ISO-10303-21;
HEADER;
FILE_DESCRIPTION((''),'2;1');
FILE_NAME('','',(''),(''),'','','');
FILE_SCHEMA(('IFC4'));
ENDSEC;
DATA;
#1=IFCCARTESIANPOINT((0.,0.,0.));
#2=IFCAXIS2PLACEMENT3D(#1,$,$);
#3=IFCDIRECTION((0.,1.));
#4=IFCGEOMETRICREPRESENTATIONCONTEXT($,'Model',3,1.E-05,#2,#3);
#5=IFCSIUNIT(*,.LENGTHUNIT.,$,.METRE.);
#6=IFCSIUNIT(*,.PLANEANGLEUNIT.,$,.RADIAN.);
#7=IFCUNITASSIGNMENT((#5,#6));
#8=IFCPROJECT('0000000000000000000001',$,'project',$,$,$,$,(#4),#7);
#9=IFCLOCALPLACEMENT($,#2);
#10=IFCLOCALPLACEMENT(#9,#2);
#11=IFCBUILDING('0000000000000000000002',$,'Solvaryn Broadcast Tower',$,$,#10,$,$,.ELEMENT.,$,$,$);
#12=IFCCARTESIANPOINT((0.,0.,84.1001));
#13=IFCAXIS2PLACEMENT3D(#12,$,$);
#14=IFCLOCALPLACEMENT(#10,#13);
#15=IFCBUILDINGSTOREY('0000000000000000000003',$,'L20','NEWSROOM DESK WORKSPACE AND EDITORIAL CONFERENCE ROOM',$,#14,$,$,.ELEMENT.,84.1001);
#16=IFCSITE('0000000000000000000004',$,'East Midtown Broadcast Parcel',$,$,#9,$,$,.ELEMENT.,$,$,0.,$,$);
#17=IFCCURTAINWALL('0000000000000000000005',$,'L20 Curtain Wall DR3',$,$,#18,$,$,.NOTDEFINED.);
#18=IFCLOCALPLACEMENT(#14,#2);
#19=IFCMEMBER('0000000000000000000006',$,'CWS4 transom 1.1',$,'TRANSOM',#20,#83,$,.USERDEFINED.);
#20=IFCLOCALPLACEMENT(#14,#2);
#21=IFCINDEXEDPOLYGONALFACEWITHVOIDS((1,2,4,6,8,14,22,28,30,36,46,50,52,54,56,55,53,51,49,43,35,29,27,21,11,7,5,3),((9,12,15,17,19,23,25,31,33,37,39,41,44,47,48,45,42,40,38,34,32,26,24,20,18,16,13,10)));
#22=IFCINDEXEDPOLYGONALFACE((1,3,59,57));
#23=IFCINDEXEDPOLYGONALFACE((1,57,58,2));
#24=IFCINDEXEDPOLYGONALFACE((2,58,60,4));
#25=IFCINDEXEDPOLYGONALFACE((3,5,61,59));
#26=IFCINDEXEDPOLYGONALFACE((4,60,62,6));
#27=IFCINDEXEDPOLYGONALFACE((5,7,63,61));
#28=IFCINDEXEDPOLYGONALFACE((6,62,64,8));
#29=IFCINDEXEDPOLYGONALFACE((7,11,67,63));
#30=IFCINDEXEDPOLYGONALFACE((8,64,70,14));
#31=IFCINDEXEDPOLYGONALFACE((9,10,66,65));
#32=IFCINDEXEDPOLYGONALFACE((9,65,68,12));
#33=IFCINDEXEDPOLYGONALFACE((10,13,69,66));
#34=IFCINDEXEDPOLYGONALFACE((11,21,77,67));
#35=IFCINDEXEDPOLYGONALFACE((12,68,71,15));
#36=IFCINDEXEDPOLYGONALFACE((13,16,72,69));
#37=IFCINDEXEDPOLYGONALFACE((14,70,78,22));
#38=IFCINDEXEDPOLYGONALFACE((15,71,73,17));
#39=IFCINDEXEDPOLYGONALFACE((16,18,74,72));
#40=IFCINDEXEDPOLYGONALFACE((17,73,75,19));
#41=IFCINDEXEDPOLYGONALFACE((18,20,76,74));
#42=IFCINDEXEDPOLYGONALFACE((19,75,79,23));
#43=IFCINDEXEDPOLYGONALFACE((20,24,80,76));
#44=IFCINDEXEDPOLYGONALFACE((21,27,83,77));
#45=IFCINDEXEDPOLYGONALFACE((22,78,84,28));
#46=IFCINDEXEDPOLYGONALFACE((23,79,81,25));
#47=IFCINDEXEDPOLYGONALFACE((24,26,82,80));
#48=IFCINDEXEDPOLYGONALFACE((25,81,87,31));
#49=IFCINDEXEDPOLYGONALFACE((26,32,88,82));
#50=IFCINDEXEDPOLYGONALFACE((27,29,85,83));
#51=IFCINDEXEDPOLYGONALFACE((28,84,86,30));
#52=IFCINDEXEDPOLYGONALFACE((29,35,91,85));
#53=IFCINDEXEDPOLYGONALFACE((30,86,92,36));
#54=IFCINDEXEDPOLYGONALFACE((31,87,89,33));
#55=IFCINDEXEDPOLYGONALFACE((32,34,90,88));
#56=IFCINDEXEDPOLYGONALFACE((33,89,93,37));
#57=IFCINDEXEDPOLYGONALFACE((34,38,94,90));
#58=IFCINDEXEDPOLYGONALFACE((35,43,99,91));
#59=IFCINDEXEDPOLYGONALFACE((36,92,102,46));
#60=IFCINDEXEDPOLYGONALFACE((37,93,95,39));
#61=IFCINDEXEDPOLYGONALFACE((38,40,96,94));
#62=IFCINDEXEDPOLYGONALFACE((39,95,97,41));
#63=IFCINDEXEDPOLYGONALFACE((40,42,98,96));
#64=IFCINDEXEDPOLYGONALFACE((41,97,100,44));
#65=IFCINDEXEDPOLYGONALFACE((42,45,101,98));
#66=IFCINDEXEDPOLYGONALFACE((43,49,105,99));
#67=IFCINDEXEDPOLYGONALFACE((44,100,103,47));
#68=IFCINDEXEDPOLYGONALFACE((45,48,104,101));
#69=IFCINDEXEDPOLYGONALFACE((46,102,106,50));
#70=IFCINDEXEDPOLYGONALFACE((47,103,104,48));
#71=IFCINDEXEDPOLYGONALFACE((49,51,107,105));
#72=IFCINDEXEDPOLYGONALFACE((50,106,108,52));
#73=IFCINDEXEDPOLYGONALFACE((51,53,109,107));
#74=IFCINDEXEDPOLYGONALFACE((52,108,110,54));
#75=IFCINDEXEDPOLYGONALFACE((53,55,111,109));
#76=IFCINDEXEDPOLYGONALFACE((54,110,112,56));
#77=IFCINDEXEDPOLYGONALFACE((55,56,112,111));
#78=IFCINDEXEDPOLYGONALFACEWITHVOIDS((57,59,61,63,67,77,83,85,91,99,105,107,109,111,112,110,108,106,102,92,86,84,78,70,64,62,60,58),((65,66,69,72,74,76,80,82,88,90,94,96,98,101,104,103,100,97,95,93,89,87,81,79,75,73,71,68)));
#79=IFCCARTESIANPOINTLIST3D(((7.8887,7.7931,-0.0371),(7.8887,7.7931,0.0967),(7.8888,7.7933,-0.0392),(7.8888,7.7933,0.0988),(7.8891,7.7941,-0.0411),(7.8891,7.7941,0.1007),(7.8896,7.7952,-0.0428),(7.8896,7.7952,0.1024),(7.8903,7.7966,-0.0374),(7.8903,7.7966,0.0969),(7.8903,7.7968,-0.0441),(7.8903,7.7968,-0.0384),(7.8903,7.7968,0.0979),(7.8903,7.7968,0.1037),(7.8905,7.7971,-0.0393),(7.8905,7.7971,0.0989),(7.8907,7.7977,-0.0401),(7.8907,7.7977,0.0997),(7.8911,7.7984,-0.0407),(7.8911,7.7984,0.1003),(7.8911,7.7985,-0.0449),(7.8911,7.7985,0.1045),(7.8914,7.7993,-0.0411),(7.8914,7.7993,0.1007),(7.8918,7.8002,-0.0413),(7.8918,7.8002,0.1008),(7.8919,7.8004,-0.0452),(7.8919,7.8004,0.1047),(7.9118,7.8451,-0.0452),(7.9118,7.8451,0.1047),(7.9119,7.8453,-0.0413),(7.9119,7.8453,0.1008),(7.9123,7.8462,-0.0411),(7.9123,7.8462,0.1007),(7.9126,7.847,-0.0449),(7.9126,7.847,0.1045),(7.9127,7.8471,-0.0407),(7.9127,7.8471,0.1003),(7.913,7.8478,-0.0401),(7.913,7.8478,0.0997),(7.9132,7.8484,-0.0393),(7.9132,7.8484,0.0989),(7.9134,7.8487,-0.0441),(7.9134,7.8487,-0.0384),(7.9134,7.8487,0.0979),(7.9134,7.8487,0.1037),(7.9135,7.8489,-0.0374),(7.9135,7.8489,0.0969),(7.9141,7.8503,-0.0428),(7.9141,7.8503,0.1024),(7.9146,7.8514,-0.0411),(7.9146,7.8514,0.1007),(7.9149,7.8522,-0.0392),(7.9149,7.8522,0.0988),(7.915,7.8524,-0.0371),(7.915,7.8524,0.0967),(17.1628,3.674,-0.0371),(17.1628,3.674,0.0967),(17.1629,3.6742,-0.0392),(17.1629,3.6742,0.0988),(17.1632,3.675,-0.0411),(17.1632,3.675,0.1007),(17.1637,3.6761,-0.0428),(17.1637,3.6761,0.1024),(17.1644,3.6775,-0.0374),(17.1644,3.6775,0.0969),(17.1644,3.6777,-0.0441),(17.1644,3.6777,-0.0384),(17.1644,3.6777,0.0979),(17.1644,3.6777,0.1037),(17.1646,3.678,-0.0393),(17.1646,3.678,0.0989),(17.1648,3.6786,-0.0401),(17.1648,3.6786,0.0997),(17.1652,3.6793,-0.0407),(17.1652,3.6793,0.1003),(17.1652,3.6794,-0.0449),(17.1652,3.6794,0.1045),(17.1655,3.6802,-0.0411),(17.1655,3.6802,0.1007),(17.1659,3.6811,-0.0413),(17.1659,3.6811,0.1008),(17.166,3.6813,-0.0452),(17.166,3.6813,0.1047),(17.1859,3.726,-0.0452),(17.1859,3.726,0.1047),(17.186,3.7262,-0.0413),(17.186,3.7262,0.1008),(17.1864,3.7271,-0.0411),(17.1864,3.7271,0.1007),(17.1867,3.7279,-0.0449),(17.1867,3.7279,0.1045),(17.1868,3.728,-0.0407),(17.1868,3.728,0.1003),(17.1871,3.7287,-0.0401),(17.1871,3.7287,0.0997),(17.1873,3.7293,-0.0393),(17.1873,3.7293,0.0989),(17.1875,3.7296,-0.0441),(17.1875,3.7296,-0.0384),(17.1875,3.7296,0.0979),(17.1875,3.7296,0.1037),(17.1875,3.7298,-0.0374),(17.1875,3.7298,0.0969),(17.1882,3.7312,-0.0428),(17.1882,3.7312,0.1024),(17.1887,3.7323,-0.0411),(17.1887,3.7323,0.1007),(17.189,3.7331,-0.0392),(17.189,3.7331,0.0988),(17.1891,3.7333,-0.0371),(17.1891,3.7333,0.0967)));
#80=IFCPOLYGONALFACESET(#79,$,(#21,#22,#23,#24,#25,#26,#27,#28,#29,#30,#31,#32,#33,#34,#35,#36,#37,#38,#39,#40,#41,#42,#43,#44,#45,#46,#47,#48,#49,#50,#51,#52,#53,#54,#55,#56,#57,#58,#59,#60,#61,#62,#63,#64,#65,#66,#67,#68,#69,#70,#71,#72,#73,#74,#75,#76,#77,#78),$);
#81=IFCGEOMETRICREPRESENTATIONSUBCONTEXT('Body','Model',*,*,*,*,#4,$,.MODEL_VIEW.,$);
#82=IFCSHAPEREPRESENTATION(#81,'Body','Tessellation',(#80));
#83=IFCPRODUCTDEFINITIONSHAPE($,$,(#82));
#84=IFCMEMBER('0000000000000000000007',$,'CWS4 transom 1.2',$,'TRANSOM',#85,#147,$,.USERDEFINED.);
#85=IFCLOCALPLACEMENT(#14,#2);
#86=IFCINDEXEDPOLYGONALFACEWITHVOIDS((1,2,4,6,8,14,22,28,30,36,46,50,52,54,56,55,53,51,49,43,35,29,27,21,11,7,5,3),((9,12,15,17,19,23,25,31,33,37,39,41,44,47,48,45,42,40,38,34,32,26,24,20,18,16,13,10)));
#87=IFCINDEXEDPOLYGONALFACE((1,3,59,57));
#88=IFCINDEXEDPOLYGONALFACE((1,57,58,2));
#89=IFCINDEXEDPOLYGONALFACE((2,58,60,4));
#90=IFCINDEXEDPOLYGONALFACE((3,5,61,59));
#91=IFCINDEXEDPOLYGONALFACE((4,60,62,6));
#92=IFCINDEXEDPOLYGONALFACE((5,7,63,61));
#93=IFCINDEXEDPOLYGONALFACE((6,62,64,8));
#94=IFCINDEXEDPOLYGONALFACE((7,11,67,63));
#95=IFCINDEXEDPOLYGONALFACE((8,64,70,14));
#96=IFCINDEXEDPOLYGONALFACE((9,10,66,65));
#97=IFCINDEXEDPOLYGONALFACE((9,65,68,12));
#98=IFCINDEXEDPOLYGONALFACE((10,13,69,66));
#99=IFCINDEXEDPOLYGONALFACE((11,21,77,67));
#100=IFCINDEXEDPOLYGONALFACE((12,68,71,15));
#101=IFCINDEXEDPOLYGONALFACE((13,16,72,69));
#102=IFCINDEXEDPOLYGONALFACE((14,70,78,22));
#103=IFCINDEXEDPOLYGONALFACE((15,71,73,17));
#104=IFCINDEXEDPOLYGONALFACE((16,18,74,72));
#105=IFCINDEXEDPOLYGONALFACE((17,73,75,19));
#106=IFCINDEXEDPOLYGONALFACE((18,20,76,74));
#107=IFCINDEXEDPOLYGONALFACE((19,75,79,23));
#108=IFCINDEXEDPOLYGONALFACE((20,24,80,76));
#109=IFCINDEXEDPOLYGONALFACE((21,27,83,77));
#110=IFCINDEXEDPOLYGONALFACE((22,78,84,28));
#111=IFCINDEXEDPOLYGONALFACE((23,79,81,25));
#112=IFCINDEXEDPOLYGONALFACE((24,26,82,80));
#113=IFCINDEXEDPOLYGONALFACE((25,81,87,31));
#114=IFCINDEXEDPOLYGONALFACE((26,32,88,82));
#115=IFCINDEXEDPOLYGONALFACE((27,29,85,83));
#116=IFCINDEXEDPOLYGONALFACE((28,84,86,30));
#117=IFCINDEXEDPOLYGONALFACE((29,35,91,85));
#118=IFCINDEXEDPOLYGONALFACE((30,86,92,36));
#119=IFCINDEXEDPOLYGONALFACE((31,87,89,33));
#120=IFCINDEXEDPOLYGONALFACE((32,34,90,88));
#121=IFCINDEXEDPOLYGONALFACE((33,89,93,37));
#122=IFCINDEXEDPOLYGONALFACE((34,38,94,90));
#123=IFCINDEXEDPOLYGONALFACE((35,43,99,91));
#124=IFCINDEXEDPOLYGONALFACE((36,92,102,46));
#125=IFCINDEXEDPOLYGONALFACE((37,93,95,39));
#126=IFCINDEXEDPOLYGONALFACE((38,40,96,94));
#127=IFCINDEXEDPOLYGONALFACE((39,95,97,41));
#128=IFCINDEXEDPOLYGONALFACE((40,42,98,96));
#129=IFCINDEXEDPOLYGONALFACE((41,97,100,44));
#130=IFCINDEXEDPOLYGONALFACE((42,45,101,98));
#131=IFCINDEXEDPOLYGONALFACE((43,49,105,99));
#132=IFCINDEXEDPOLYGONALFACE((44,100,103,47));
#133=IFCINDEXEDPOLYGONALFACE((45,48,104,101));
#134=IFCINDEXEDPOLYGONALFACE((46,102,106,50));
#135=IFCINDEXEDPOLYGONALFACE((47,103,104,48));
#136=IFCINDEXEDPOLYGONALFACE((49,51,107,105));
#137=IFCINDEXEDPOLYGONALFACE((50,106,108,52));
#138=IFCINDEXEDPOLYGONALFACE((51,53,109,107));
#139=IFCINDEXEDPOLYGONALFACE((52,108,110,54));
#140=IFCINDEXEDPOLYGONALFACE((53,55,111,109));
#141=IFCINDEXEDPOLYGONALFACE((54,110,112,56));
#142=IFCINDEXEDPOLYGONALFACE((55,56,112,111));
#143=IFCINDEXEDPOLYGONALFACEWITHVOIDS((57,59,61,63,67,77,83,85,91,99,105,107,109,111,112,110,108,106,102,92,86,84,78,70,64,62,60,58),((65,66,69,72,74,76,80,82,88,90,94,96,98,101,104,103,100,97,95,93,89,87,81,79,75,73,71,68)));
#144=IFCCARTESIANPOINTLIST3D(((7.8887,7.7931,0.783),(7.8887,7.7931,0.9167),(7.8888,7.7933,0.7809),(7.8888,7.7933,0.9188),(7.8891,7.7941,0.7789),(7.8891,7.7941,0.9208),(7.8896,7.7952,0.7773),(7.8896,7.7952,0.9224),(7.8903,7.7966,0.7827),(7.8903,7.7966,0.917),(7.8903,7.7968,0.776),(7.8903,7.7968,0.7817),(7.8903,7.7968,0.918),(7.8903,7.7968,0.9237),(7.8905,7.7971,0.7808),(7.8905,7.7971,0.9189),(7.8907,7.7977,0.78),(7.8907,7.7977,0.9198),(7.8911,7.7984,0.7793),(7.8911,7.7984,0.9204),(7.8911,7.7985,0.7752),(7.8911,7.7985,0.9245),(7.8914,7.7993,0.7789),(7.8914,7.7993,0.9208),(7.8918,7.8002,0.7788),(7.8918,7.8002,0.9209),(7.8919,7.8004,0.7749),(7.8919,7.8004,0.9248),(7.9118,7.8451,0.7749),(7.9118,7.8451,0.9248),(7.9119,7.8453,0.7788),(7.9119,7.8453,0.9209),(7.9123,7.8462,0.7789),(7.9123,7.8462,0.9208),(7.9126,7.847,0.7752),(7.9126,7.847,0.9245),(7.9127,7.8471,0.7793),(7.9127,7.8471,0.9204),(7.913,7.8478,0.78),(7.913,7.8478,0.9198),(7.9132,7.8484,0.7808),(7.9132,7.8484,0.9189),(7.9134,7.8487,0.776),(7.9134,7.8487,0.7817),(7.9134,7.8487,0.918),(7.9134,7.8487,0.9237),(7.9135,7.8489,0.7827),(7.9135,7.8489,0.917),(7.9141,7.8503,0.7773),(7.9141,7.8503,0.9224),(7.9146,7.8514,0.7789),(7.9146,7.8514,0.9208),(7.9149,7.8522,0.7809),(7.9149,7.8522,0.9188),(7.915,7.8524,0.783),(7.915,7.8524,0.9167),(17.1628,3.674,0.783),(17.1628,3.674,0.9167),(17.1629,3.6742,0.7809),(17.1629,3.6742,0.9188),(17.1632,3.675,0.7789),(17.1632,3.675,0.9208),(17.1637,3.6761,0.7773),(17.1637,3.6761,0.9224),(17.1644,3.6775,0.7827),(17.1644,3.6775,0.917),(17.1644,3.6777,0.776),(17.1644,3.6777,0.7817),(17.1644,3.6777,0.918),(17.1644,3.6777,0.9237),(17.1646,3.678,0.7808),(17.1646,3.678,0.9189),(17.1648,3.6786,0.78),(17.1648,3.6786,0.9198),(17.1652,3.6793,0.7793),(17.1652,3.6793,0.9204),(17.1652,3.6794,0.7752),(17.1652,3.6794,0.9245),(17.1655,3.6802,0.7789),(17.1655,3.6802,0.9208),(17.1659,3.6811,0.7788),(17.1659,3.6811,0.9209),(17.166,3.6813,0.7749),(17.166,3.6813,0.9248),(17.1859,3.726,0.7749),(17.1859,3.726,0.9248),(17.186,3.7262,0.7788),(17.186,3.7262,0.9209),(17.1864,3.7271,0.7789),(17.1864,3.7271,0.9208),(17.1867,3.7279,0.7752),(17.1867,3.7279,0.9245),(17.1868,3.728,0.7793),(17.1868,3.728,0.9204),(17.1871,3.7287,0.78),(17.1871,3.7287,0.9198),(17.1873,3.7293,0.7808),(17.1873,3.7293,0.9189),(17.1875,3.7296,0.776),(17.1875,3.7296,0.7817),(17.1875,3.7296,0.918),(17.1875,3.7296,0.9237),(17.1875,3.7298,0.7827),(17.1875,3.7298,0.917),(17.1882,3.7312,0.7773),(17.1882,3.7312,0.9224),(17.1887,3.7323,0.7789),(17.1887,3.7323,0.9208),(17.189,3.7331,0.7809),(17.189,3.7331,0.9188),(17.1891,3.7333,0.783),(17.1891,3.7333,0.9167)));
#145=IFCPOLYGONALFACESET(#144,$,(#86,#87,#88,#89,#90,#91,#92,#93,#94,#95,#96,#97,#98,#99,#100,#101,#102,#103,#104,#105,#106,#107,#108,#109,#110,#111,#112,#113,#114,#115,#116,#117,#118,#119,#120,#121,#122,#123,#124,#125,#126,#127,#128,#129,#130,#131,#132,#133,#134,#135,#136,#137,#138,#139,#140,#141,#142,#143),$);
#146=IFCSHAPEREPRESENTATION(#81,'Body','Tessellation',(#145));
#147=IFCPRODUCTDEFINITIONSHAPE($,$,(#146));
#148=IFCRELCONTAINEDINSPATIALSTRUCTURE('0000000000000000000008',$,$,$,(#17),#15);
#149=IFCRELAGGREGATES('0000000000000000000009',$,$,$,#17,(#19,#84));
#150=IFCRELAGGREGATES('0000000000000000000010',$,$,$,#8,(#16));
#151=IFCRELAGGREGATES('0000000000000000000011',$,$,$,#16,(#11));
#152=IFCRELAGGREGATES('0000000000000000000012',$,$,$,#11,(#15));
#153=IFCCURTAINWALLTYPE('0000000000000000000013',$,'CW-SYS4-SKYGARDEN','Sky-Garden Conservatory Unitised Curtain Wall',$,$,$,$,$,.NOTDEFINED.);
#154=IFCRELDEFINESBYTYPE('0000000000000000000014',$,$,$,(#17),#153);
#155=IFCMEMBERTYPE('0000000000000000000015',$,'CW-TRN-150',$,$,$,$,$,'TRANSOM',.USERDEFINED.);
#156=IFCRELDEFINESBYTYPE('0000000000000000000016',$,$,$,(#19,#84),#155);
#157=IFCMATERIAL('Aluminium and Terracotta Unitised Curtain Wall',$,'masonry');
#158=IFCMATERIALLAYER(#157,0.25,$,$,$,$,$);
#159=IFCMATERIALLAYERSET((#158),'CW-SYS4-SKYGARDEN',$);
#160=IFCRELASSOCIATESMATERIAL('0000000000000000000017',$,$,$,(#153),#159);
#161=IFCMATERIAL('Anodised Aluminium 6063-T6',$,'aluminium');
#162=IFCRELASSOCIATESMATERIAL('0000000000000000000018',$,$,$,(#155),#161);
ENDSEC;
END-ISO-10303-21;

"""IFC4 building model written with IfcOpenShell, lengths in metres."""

from ifc_helpers import new_model, si_unit, direction, frame, origin, origin_2d, place, context, subcontext, project, spatial, hollow_rectangle, extrude, material, layer, layer_set, material_profile, profile_set, type_object, element, aggregate, save


model = new_model("IFC4")

# Units and contexts
model_context = context("Model", 3, precision=1e-05, world=origin(), true_north=direction((0.0, 1.0)))
body_context = subcontext(model_context, "Body", "Model", "MODEL_VIEW")
ifc_project = project(units=[si_unit("LENGTHUNIT", "METRE"), si_unit("PLANEANGLEUNIT", "RADIAN")], contexts=[model_context])

# Site, building, storey
site_placement = place(None, origin())
site = spatial("IfcSite", under=ifc_project, at=site_placement, Name="East Midtown Broadcast Parcel", CompositionType="ELEMENT", RefElevation=0.0)
building_placement = place(site_placement, origin())
building = spatial("IfcBuilding", under=site, at=building_placement, Name="Solvaryn Broadcast Tower", CompositionType="ELEMENT")
storey_placement = place(building_placement, frame((0.0, 0.0, 84.1001)))
storey = spatial("IfcBuildingStorey", under=building, at=storey_placement, Name="L20", Description="NEWSROOM DESK WORKSPACE AND EDITORIAL CONFERENCE ROOM", CompositionType="ELEMENT", Elevation=84.1001)

# Shared definitions
ifc_material_1 = material(Name="Aluminium and Terracotta Unitised Curtain Wall", Category="masonry")
ifc_layer_1 = layer(ifc_material_1, 0.25)
ifc_layer_set_1 = layer_set([ifc_layer_1], Name="CW-SYS4-SKYGARDEN")
curtain_wall_type = type_object("IfcCurtainWallType", Name="CW-SYS4-SKYGARDEN", Description="Sky-Garden Conservatory Unitised Curtain Wall", PredefinedType="NOTDEFINED", material=ifc_layer_set_1)

# Curtain wall, members
curtain_wall_1_placement = place(storey_placement, origin())
curtain_wall_1 = element("IfcCurtainWall", 1, at=curtain_wall_1_placement, inside=storey, type_object=curtain_wall_type, Name="L20 Curtain Wall DR3", PredefinedType="NOTDEFINED")
ifc_material_2 = material(Name="Anodised Aluminium 6063-T6", Category="aluminium")
ifc_material_profile_1 = material_profile(ifc_material_2, hollow_rectangle(XDim=0.0649, YDim=0.1499, WallThickness=0.0039, InnerFilletRadius=0.0039, OuterFilletRadius=0.0081, at=origin_2d()))
ifc_profile_set_1 = profile_set([ifc_material_profile_1], Name="Anodised Aluminium 6063-T6")
member_type_1 = type_object("IfcMemberType", Name="CW-TRN-150", ElementType="TRANSOM", PredefinedType="USERDEFINED", material=ifc_profile_set_1)
member_1_placement = place(storey_placement, frame((7.9019, 7.8228, 0.0298), z_axis=(0.913911, -0.405915, 0.0), x_axis=(0.405915, 0.913911, 0.0)))
member_1 = element("IfcMember", 2, at=member_1_placement, type_object=member_type_1, Name="CWS4 transom 1.1", ObjectType="TRANSOM", PredefinedType="USERDEFINED", context=body_context, shape_type="SweptSolid", body=[
    extrude(hollow_rectangle(XDim=0.0649, YDim=0.1499, WallThickness=0.0039, InnerFilletRadius=0.0039, OuterFilletRadius=0.0081, at=origin_2d()), origin(), (0.0, 0.0, 1.0), 10.1477),
])
member_2_placement = place(storey_placement, frame((7.9019, 7.8228, 0.8499), z_axis=(0.913911, -0.405915, 0.0), x_axis=(0.405915, 0.913911, 0.0)))
member_2 = element("IfcMember", 3, at=member_2_placement, type_object=member_type_1, Name="CWS4 transom 1.2", ObjectType="TRANSOM", PredefinedType="USERDEFINED", context=body_context, shape_type="SweptSolid", body=[
    extrude(hollow_rectangle(XDim=0.0649, YDim=0.1499, WallThickness=0.0039, InnerFilletRadius=0.0039, OuterFilletRadius=0.0081, at=origin_2d()), origin(), (0.0, 0.0, 1.0), 10.1477),
])
aggregate(curtain_wall_1, [member_1, member_2])

save(model, "model.ifc")
